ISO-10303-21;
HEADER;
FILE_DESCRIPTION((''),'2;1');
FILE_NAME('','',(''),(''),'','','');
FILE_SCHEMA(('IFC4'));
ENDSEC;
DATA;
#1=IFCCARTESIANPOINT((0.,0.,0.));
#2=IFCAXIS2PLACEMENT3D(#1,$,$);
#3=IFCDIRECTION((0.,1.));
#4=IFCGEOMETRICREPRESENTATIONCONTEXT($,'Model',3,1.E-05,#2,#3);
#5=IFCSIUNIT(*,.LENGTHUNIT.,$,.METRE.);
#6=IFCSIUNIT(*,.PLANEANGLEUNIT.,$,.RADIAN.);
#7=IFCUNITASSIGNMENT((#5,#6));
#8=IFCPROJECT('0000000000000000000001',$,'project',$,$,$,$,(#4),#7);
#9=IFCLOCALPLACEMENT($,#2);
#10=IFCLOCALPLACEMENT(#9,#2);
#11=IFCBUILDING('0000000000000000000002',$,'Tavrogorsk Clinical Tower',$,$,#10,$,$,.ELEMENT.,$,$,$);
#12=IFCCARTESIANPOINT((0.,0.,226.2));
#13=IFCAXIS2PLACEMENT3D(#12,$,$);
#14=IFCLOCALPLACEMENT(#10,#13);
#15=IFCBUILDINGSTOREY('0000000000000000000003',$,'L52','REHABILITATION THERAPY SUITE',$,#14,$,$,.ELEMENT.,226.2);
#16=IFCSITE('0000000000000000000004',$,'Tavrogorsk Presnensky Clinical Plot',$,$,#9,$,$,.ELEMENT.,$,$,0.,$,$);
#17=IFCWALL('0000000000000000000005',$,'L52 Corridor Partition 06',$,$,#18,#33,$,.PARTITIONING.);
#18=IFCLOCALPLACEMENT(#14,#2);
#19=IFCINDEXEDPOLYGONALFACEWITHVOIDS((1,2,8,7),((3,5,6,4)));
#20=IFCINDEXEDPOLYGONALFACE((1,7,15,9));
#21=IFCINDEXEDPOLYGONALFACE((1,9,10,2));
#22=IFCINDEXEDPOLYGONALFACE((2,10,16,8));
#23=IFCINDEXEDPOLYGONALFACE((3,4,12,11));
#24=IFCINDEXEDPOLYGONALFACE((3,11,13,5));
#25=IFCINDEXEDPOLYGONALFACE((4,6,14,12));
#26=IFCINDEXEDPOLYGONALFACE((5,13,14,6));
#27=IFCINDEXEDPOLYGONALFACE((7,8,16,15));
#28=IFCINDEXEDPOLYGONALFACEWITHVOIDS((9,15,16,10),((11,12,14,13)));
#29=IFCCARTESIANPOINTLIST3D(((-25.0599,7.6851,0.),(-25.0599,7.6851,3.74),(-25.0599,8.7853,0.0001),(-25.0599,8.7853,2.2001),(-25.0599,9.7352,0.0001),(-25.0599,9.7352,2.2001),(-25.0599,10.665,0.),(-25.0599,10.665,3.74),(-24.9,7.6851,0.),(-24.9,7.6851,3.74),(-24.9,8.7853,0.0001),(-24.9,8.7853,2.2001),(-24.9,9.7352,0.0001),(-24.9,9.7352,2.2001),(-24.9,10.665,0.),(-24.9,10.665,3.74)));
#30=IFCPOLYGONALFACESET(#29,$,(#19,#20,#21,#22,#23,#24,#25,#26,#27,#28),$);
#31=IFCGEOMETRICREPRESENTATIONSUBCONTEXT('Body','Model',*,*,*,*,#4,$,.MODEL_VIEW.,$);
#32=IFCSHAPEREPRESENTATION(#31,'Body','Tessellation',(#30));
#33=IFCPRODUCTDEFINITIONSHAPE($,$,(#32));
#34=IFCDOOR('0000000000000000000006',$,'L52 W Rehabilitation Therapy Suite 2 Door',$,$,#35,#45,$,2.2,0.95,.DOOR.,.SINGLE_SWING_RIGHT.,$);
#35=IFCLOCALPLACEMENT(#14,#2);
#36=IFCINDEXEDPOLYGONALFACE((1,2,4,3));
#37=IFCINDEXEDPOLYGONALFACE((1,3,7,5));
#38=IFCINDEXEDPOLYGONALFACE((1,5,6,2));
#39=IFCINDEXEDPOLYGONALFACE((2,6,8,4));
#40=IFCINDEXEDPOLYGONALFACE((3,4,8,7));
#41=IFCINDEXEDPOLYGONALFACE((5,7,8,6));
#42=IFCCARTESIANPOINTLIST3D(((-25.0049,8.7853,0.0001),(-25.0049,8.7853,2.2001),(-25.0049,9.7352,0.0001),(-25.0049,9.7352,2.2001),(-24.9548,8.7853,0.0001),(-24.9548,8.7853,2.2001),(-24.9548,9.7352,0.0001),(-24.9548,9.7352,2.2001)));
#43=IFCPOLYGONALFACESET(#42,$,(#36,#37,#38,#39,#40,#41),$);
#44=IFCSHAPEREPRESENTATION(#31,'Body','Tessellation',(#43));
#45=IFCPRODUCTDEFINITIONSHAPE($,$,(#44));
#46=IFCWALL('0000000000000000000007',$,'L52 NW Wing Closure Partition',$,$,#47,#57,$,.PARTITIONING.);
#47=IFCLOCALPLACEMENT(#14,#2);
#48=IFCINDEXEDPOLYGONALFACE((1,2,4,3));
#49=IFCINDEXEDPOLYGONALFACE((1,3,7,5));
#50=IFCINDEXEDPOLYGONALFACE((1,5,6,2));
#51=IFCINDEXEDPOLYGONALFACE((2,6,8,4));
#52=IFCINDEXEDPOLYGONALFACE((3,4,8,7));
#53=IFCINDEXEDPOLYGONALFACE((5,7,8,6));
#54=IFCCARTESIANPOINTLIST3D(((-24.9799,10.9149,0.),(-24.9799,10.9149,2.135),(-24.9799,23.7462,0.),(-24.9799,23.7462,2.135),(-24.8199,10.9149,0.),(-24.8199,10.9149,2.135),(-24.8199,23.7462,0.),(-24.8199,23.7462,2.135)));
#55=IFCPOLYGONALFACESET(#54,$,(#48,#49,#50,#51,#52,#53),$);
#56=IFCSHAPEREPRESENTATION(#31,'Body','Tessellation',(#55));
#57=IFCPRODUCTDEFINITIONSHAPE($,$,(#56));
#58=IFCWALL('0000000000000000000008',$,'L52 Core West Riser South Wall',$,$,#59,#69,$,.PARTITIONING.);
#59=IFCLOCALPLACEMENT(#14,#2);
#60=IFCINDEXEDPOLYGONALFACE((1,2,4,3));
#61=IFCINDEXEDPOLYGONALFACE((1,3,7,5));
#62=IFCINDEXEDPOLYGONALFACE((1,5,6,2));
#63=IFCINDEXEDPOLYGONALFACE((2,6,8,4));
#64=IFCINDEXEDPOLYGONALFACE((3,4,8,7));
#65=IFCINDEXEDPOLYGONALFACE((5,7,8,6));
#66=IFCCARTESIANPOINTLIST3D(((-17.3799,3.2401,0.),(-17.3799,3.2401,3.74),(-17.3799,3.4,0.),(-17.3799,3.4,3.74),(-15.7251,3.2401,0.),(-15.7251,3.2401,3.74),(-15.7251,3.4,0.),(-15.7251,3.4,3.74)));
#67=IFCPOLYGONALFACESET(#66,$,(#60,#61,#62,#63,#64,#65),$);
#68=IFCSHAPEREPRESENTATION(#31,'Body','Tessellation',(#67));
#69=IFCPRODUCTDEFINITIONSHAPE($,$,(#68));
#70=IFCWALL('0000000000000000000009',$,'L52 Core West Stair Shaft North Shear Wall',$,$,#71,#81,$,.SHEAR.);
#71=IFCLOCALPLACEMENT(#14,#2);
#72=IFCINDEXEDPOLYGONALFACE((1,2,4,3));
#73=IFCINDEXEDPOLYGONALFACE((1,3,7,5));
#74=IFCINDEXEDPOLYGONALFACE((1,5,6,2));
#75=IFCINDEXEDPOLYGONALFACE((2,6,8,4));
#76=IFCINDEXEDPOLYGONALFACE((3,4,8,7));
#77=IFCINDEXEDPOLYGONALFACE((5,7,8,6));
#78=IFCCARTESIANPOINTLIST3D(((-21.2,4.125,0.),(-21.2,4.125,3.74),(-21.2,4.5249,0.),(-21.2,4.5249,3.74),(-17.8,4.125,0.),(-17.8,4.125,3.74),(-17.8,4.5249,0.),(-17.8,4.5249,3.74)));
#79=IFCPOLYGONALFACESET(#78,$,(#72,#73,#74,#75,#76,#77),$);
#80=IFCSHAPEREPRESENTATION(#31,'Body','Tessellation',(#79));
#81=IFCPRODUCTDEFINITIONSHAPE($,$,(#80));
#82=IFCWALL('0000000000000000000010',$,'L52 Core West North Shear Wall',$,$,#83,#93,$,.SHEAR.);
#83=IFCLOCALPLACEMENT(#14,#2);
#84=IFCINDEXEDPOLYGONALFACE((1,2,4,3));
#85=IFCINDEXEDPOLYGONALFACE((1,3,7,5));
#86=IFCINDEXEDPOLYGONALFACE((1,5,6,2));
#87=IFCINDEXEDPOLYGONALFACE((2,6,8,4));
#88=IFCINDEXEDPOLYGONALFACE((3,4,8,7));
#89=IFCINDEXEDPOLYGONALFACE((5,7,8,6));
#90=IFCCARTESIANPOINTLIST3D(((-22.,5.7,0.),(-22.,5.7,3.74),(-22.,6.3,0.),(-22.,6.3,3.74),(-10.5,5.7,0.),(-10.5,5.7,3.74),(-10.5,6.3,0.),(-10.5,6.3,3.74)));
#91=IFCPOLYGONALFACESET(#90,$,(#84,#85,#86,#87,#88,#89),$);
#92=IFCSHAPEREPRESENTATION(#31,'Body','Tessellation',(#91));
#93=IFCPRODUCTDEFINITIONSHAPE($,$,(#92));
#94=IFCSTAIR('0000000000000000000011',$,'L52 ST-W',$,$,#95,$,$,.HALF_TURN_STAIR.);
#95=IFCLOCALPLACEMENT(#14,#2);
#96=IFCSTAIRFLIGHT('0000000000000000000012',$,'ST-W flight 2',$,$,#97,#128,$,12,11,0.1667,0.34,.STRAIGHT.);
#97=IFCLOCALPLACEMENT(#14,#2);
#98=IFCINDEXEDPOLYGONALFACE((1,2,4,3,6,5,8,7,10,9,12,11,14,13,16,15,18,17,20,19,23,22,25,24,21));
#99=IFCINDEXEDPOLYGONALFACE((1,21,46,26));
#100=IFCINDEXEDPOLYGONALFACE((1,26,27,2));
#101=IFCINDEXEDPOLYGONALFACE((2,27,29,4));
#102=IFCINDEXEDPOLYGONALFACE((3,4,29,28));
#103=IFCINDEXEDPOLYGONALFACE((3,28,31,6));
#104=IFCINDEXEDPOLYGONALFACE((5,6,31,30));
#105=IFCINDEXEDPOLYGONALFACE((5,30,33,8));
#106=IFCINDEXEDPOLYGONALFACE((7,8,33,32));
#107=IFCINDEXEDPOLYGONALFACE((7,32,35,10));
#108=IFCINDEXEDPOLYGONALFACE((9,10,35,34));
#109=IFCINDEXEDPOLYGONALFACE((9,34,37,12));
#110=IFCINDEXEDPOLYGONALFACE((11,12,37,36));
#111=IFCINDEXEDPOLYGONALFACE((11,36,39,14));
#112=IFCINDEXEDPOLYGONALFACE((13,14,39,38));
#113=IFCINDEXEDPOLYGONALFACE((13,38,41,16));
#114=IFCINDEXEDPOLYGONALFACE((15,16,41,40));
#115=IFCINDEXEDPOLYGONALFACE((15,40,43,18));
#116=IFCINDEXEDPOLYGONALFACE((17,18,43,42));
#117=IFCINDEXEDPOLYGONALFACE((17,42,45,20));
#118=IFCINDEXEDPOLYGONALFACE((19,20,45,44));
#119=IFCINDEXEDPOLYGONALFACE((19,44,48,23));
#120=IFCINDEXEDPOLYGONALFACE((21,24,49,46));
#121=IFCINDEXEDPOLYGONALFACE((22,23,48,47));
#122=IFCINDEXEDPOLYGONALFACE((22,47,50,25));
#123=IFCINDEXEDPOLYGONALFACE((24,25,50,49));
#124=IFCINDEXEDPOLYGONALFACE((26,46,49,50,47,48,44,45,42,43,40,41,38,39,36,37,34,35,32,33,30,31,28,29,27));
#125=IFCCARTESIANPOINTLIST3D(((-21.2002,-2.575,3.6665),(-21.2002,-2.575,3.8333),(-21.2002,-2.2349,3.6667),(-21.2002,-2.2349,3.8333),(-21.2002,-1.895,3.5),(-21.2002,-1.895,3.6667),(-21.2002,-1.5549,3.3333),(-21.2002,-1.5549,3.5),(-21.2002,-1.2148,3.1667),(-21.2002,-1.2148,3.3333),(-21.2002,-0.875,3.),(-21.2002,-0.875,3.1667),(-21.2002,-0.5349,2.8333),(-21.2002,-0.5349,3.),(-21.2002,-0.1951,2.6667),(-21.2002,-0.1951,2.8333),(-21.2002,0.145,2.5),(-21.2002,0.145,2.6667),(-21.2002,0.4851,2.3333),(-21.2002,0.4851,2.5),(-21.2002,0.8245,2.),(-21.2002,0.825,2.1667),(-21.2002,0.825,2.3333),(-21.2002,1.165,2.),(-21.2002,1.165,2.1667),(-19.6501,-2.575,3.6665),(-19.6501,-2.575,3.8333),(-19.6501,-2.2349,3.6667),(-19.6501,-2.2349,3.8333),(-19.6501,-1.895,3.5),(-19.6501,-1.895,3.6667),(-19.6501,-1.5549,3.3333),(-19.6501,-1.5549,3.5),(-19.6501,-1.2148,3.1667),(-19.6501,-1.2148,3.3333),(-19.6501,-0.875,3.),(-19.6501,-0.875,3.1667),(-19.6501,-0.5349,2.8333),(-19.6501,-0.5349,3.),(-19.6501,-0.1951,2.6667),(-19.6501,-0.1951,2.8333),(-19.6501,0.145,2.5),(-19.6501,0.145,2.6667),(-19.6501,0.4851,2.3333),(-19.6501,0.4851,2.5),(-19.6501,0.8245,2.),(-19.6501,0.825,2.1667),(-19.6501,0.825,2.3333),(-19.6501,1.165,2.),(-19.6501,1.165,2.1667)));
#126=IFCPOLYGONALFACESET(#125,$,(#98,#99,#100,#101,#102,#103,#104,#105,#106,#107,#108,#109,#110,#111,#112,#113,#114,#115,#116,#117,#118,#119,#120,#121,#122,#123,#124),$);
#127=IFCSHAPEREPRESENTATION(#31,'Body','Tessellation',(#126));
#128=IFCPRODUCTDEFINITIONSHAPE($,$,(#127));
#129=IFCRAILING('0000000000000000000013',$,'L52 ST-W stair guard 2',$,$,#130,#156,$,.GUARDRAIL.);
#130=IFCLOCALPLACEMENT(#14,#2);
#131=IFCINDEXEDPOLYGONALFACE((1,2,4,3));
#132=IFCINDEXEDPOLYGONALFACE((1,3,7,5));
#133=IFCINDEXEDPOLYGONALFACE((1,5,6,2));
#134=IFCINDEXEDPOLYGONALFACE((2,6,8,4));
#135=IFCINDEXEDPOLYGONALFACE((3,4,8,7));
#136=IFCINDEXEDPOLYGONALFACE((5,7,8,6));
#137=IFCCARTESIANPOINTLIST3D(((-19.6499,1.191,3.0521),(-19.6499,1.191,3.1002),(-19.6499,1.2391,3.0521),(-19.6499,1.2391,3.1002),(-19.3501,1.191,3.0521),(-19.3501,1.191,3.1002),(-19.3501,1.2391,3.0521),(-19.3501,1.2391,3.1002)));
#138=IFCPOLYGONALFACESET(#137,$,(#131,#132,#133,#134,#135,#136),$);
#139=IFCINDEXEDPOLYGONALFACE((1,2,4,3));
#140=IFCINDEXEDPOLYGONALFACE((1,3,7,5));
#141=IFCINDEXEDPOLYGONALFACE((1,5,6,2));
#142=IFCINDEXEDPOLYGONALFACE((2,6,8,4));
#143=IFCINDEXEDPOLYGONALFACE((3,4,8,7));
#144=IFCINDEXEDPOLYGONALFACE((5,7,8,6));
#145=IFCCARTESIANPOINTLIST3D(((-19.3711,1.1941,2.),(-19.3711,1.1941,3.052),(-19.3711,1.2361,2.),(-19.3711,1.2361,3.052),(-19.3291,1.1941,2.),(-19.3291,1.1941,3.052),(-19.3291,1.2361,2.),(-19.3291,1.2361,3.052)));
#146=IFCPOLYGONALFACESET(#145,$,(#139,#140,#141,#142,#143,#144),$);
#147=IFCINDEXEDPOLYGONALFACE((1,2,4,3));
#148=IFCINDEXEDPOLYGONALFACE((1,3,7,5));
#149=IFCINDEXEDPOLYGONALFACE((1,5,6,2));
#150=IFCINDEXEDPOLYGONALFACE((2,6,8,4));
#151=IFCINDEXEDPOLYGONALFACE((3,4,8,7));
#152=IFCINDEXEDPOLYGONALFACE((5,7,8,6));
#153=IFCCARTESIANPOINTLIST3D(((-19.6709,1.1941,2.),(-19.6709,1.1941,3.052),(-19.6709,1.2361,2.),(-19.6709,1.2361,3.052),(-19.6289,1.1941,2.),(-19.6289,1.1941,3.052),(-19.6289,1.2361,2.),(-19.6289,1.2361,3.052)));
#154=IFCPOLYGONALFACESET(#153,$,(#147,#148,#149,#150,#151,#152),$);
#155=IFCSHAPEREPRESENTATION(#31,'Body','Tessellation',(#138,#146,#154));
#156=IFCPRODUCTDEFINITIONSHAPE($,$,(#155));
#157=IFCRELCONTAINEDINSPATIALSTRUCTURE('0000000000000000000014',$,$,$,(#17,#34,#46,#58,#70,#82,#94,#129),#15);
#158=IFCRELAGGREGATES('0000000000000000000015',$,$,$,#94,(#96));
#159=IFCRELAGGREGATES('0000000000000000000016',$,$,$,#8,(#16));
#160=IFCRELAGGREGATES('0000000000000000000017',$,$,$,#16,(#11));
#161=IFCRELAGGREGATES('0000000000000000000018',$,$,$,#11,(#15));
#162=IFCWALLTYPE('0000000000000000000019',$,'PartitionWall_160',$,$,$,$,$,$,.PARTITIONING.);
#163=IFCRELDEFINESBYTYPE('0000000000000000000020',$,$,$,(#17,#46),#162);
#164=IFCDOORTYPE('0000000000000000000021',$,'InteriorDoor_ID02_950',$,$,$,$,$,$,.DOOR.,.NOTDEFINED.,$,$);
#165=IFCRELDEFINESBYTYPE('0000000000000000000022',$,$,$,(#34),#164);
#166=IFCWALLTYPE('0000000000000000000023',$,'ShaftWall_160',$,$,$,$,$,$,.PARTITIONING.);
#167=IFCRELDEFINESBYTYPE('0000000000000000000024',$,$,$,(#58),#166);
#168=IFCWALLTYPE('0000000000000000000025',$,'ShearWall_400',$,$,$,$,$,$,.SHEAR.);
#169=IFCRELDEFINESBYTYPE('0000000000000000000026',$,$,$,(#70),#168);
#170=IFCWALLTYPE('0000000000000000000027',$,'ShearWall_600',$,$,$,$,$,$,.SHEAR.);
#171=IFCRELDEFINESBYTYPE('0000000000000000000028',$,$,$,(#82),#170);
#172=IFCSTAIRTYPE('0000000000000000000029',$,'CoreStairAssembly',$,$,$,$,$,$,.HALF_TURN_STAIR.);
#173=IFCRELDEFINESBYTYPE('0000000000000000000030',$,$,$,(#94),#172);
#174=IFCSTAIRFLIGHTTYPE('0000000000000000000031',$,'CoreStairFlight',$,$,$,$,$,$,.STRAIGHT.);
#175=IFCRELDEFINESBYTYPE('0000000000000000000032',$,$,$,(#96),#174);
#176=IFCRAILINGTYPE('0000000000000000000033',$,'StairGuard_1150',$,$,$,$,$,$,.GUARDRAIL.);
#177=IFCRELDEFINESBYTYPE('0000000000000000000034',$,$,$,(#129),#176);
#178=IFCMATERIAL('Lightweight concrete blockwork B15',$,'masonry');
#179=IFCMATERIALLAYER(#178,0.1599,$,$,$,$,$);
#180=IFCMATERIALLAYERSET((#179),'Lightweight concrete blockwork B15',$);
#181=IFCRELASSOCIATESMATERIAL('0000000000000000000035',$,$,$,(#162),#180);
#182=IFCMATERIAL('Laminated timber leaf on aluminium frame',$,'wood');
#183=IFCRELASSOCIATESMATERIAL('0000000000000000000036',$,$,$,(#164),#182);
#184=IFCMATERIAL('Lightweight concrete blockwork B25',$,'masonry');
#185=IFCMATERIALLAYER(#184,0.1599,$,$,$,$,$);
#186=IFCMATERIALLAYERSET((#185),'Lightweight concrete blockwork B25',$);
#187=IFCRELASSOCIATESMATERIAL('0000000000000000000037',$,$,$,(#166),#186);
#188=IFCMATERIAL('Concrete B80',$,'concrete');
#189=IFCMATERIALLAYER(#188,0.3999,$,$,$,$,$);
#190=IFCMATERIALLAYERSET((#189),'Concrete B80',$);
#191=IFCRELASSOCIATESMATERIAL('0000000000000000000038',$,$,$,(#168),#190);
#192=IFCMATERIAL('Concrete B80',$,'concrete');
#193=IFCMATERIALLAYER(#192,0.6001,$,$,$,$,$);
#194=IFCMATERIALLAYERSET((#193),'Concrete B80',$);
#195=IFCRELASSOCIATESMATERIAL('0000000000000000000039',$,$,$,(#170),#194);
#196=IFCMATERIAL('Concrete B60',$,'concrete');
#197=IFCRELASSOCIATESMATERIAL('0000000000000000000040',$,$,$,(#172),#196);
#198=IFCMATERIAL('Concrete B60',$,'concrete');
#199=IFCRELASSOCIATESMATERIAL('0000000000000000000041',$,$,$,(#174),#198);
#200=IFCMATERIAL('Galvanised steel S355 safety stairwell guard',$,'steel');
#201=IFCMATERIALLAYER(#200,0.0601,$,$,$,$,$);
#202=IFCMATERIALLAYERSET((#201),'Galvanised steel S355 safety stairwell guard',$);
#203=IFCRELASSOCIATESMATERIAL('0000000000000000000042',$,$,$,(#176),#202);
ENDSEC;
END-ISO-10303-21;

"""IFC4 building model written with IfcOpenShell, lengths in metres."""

from ifc_helpers import new_model, si_unit, direction, frame, frame_2d, origin, origin_2d, place, context, subcontext, project, spatial, polyline, rectangle, outline, extrude, material, layer, layer_set, type_object, element, fill, aggregate, save


model = new_model("IFC4")

# Units and contexts
model_context = context("Model", 3, precision=1e-05, world=origin(), true_north=direction((0.0, 1.0)))
body_context = subcontext(model_context, "Body", "Model", "MODEL_VIEW")
ifc_project = project(units=[si_unit("LENGTHUNIT", "METRE"), si_unit("PLANEANGLEUNIT", "RADIAN")], contexts=[model_context])

# Site, building, storey
site_placement = place(None, origin())
site = spatial("IfcSite", under=ifc_project, at=site_placement, Name="Tavrogorsk Presnensky Clinical Plot", CompositionType="ELEMENT", RefElevation=0.0)
building_placement = place(site_placement, origin())
building = spatial("IfcBuilding", under=site, at=building_placement, Name="Tavrogorsk Clinical Tower", CompositionType="ELEMENT")
storey_placement = place(building_placement, frame((0.0, 0.0, 226.2)))
storey = spatial("IfcBuildingStorey", under=building, at=storey_placement, Name="L52", Description="REHABILITATION THERAPY SUITE", CompositionType="ELEMENT", Elevation=226.2)

# Wall, opening, door
ifc_material_1 = material(Name="Lightweight concrete blockwork B15", Category="masonry")
ifc_layer_1 = layer(ifc_material_1, 0.1599)
ifc_layer_set_1 = layer_set([ifc_layer_1], Name="Lightweight concrete blockwork B15")
wall_type_1 = type_object("IfcWallType", Name="PartitionWall_160", PredefinedType="PARTITIONING", material=ifc_layer_set_1)
wall_1_placement = place(storey_placement, frame((-24.98, 7.6851, 0.0), z_axis=(0.0, 0.0, 1.0), x_axis=(0.0, 1.0, 0.0)))
wall_1 = element("IfcWall", 1, at=wall_1_placement, inside=storey, type_object=wall_type_1, Name="L52 Corridor Partition 06", PredefinedType="PARTITIONING", context=body_context, shape_type="SweptSolid", body=[
    extrude(rectangle(XDim=2.98, YDim=0.1599, at=frame_2d((1.49, 0.0))), origin(), (0.0, 0.0, 1.0), 3.74),
])
opening_1_placement = place(wall_1_placement, frame((1.1001, 0.0, 0.0)))
opening_1 = element("IfcOpeningElement", 2, at=opening_1_placement, cuts=wall_1, PredefinedType="OPENING", context=body_context, shape_type="SweptSolid", body=[
    extrude(rectangle(XDim=0.95, YDim=2.2, at=frame_2d((0.4751, 1.1001))), frame((0.0, 0.0898, 0.0), z_axis=(0.0, -1.0, 0.0), x_axis=(1.0, 0.0, 0.0)), (0.0, 0.0, 1.0), 0.1799),
])
ifc_material_2 = material(Name="Laminated timber leaf on aluminium frame", Category="wood")
door_type_1 = type_object("IfcDoorType", Name="InteriorDoor_ID02_950", OperationType="NOTDEFINED", PredefinedType="DOOR", material=ifc_material_2)
door_1_placement = place(opening_1_placement, origin())
door_1 = element("IfcDoor", 3, at=door_1_placement, inside=storey, type_object=door_type_1, Name="L52 W Rehabilitation Therapy Suite 2 Door", OperationType="SINGLE_SWING_RIGHT", OverallHeight=2.2, OverallWidth=0.95, PredefinedType="DOOR", context=body_context, shape_type="SweptSolid", body=[
    extrude(rectangle(XDim=0.95, YDim=2.2, at=frame_2d((0.4751, 1.1001))), frame((0.0, 0.0249, 0.0), z_axis=(0.0, -1.0, 0.0), x_axis=(1.0, 0.0, 0.0)), (0.0, 0.0, 1.0), 0.05),
])
fill(opening_1, door_1)

# Walls
wall_2_placement = place(storey_placement, frame((-24.8999, 10.915, 0.0), z_axis=(0.0, 0.0, 1.0), x_axis=(0.0, 1.0, 0.0)))
element("IfcWall", 4, at=wall_2_placement, inside=storey, type_object=wall_type_1, Name="L52 NW Wing Closure Partition", PredefinedType="PARTITIONING", context=body_context, shape_type="SweptSolid", body=[
    extrude(rectangle(XDim=12.8313, YDim=0.1599, at=frame_2d((6.4155, 0.0))), origin(), (0.0, 0.0, 1.0), 2.135),
])
ifc_material_3 = material(Name="Lightweight concrete blockwork B25", Category="masonry")
ifc_layer_2 = layer(ifc_material_3, 0.1599)
ifc_layer_set_2 = layer_set([ifc_layer_2], Name="Lightweight concrete blockwork B25")
wall_type_2 = type_object("IfcWallType", Name="ShaftWall_160", PredefinedType="PARTITIONING", material=ifc_layer_set_2)
wall_3_placement = place(storey_placement, frame((-17.3799, 3.3201, 0.0), z_axis=(0.0, 0.0, 1.0), x_axis=(1.0, 0.0, 0.0)))
element("IfcWall", 5, at=wall_3_placement, inside=storey, type_object=wall_type_2, Name="L52 Core West Riser South Wall", PredefinedType="PARTITIONING", context=body_context, shape_type="SweptSolid", body=[
    extrude(rectangle(XDim=1.6548, YDim=0.1599, at=frame_2d((0.8274, 0.0))), origin(), (0.0, 0.0, 1.0), 3.74),
])
ifc_material_4 = material(Name="Concrete B80", Category="concrete")
ifc_layer_3 = layer(ifc_material_4, 0.3999)
ifc_layer_set_3 = layer_set([ifc_layer_3], Name="Concrete B80")
wall_type_3 = type_object("IfcWallType", Name="ShearWall_400", PredefinedType="SHEAR", material=ifc_layer_set_3)
wall_4_placement = place(storey_placement, frame((-21.2, 4.325, 0.0), z_axis=(0.0, 0.0, 1.0), x_axis=(1.0, 0.0, 0.0)))
element("IfcWall", 6, at=wall_4_placement, inside=storey, type_object=wall_type_3, Name="L52 Core West Stair Shaft North Shear Wall", PredefinedType="SHEAR", context=body_context, shape_type="SweptSolid", body=[
    extrude(rectangle(XDim=3.3999, YDim=0.3999, at=frame_2d((1.7, 0.0))), origin(), (0.0, 0.0, 1.0), 3.74),
])
ifc_material_5 = material(Name="Concrete B80", Category="concrete")
ifc_layer_4 = layer(ifc_material_5, 0.6001)
ifc_layer_set_4 = layer_set([ifc_layer_4], Name="Concrete B80")
wall_type_4 = type_object("IfcWallType", Name="ShearWall_600", PredefinedType="SHEAR", material=ifc_layer_set_4)
wall_5_placement = place(storey_placement, frame((-22.0, 6.0, 0.0), z_axis=(0.0, 0.0, 1.0), x_axis=(1.0, 0.0, 0.0)))
element("IfcWall", 7, at=wall_5_placement, inside=storey, type_object=wall_type_4, Name="L52 Core West North Shear Wall", PredefinedType="SHEAR", context=body_context, shape_type="SweptSolid", body=[
    extrude(rectangle(XDim=11.5, YDim=0.6001, at=frame_2d((5.75, 0.0))), origin(), (0.0, 0.0, 1.0), 3.74),
])

# Stair, stair flight
ifc_material_6 = material(Name="Concrete B60", Category="concrete")
stair_type = type_object("IfcStairType", Name="CoreStairAssembly", PredefinedType="HALF_TURN_STAIR", material=ifc_material_6)
stair_placement = place(storey_placement, origin())
stair = element("IfcStair", 8, at=stair_placement, inside=storey, type_object=stair_type, Name="L52 ST-W", PredefinedType="HALF_TURN_STAIR")
ifc_material_7 = material(Name="Concrete B60", Category="concrete")
stair_flight_type = type_object("IfcStairFlightType", Name="CoreStairFlight", PredefinedType="STRAIGHT", material=ifc_material_7)
stair_flight_placement = place(storey_placement, frame((-20.425, 1.165, 2.0), z_axis=(0.0, 0.0, 1.0), x_axis=(0.0, -1.0, 0.0)))
stair_flight = element("IfcStairFlight", 9, at=stair_flight_placement, type_object=stair_flight_type, Name="ST-W flight 2", NumberOfRisers=12, NumberOfTreads=11, PredefinedType="STRAIGHT", RiserHeight=0.1667, TreadLength=0.34, context=body_context, shape_type="SweptSolid", body=[
    extrude(outline(polyline([(0.0, 0.0), (0.0, 0.1667), (0.3401, 0.1667), (0.3401, 0.3333), (0.6799, 0.3333), (0.6799, 0.5), (1.02, 0.5), (1.02, 0.6667), (1.3601, 0.6667), (1.3601, 0.8333), (1.7, 0.8333), (1.7, 1.0), (2.04, 1.0), (2.04, 1.1667), (2.3799, 1.1667), (2.3799, 1.3333), (2.72, 1.3333), (2.72, 1.5), (3.0601, 1.5), (3.0601, 1.6667), (3.3999, 1.6667), (3.3999, 1.8333), (3.74, 1.8333), (3.74, 2.0), (3.74, 1.6665), (0.3406, 0.0), (0.0, 0.0)])), frame((0.0, 0.7749, 0.0), z_axis=(0.0, -1.0, 0.0), x_axis=(1.0, 0.0, 0.0)), (0.0, 0.0, 1.0), 1.55),
])
aggregate(stair, [stair_flight])

# Railing
ifc_material_8 = material(Name="Galvanised steel S355 safety stairwell guard", Category="steel")
ifc_layer_5 = layer(ifc_material_8, 0.0601)
ifc_layer_set_5 = layer_set([ifc_layer_5], Name="Galvanised steel S355 safety stairwell guard")
railing_type_1 = type_object("IfcRailingType", Name="StairGuard_1150", PredefinedType="GUARDRAIL", material=ifc_layer_set_5)
railing_1_placement = place(storey_placement, frame((-19.3501, 1.2151, 2.0)))
element("IfcRailing", 10, at=railing_1_placement, inside=storey, type_object=railing_type_1, Name="L52 ST-W stair guard 2", PredefinedType="GUARDRAIL", context=body_context, shape_type="SweptSolid", body=[
    extrude(rectangle(XDim=0.0481, YDim=0.0481, at=origin_2d()), frame((0.0, 0.0, 1.0762), z_axis=(-1.0, 0.0, 0.0), x_axis=(0.0, -1.0, 0.0)), (0.0, 0.0, 1.0), 0.2998),
    extrude(rectangle(XDim=0.042, YDim=0.042, at=origin_2d()), origin(), (0.0, 0.0, 1.0), 1.052),
    extrude(rectangle(XDim=0.042, YDim=0.042, at=origin_2d()), frame((-0.2998, 0.0, 0.0)), (0.0, 0.0, 1.0), 1.052),
])

save(model, "model.ifc")
